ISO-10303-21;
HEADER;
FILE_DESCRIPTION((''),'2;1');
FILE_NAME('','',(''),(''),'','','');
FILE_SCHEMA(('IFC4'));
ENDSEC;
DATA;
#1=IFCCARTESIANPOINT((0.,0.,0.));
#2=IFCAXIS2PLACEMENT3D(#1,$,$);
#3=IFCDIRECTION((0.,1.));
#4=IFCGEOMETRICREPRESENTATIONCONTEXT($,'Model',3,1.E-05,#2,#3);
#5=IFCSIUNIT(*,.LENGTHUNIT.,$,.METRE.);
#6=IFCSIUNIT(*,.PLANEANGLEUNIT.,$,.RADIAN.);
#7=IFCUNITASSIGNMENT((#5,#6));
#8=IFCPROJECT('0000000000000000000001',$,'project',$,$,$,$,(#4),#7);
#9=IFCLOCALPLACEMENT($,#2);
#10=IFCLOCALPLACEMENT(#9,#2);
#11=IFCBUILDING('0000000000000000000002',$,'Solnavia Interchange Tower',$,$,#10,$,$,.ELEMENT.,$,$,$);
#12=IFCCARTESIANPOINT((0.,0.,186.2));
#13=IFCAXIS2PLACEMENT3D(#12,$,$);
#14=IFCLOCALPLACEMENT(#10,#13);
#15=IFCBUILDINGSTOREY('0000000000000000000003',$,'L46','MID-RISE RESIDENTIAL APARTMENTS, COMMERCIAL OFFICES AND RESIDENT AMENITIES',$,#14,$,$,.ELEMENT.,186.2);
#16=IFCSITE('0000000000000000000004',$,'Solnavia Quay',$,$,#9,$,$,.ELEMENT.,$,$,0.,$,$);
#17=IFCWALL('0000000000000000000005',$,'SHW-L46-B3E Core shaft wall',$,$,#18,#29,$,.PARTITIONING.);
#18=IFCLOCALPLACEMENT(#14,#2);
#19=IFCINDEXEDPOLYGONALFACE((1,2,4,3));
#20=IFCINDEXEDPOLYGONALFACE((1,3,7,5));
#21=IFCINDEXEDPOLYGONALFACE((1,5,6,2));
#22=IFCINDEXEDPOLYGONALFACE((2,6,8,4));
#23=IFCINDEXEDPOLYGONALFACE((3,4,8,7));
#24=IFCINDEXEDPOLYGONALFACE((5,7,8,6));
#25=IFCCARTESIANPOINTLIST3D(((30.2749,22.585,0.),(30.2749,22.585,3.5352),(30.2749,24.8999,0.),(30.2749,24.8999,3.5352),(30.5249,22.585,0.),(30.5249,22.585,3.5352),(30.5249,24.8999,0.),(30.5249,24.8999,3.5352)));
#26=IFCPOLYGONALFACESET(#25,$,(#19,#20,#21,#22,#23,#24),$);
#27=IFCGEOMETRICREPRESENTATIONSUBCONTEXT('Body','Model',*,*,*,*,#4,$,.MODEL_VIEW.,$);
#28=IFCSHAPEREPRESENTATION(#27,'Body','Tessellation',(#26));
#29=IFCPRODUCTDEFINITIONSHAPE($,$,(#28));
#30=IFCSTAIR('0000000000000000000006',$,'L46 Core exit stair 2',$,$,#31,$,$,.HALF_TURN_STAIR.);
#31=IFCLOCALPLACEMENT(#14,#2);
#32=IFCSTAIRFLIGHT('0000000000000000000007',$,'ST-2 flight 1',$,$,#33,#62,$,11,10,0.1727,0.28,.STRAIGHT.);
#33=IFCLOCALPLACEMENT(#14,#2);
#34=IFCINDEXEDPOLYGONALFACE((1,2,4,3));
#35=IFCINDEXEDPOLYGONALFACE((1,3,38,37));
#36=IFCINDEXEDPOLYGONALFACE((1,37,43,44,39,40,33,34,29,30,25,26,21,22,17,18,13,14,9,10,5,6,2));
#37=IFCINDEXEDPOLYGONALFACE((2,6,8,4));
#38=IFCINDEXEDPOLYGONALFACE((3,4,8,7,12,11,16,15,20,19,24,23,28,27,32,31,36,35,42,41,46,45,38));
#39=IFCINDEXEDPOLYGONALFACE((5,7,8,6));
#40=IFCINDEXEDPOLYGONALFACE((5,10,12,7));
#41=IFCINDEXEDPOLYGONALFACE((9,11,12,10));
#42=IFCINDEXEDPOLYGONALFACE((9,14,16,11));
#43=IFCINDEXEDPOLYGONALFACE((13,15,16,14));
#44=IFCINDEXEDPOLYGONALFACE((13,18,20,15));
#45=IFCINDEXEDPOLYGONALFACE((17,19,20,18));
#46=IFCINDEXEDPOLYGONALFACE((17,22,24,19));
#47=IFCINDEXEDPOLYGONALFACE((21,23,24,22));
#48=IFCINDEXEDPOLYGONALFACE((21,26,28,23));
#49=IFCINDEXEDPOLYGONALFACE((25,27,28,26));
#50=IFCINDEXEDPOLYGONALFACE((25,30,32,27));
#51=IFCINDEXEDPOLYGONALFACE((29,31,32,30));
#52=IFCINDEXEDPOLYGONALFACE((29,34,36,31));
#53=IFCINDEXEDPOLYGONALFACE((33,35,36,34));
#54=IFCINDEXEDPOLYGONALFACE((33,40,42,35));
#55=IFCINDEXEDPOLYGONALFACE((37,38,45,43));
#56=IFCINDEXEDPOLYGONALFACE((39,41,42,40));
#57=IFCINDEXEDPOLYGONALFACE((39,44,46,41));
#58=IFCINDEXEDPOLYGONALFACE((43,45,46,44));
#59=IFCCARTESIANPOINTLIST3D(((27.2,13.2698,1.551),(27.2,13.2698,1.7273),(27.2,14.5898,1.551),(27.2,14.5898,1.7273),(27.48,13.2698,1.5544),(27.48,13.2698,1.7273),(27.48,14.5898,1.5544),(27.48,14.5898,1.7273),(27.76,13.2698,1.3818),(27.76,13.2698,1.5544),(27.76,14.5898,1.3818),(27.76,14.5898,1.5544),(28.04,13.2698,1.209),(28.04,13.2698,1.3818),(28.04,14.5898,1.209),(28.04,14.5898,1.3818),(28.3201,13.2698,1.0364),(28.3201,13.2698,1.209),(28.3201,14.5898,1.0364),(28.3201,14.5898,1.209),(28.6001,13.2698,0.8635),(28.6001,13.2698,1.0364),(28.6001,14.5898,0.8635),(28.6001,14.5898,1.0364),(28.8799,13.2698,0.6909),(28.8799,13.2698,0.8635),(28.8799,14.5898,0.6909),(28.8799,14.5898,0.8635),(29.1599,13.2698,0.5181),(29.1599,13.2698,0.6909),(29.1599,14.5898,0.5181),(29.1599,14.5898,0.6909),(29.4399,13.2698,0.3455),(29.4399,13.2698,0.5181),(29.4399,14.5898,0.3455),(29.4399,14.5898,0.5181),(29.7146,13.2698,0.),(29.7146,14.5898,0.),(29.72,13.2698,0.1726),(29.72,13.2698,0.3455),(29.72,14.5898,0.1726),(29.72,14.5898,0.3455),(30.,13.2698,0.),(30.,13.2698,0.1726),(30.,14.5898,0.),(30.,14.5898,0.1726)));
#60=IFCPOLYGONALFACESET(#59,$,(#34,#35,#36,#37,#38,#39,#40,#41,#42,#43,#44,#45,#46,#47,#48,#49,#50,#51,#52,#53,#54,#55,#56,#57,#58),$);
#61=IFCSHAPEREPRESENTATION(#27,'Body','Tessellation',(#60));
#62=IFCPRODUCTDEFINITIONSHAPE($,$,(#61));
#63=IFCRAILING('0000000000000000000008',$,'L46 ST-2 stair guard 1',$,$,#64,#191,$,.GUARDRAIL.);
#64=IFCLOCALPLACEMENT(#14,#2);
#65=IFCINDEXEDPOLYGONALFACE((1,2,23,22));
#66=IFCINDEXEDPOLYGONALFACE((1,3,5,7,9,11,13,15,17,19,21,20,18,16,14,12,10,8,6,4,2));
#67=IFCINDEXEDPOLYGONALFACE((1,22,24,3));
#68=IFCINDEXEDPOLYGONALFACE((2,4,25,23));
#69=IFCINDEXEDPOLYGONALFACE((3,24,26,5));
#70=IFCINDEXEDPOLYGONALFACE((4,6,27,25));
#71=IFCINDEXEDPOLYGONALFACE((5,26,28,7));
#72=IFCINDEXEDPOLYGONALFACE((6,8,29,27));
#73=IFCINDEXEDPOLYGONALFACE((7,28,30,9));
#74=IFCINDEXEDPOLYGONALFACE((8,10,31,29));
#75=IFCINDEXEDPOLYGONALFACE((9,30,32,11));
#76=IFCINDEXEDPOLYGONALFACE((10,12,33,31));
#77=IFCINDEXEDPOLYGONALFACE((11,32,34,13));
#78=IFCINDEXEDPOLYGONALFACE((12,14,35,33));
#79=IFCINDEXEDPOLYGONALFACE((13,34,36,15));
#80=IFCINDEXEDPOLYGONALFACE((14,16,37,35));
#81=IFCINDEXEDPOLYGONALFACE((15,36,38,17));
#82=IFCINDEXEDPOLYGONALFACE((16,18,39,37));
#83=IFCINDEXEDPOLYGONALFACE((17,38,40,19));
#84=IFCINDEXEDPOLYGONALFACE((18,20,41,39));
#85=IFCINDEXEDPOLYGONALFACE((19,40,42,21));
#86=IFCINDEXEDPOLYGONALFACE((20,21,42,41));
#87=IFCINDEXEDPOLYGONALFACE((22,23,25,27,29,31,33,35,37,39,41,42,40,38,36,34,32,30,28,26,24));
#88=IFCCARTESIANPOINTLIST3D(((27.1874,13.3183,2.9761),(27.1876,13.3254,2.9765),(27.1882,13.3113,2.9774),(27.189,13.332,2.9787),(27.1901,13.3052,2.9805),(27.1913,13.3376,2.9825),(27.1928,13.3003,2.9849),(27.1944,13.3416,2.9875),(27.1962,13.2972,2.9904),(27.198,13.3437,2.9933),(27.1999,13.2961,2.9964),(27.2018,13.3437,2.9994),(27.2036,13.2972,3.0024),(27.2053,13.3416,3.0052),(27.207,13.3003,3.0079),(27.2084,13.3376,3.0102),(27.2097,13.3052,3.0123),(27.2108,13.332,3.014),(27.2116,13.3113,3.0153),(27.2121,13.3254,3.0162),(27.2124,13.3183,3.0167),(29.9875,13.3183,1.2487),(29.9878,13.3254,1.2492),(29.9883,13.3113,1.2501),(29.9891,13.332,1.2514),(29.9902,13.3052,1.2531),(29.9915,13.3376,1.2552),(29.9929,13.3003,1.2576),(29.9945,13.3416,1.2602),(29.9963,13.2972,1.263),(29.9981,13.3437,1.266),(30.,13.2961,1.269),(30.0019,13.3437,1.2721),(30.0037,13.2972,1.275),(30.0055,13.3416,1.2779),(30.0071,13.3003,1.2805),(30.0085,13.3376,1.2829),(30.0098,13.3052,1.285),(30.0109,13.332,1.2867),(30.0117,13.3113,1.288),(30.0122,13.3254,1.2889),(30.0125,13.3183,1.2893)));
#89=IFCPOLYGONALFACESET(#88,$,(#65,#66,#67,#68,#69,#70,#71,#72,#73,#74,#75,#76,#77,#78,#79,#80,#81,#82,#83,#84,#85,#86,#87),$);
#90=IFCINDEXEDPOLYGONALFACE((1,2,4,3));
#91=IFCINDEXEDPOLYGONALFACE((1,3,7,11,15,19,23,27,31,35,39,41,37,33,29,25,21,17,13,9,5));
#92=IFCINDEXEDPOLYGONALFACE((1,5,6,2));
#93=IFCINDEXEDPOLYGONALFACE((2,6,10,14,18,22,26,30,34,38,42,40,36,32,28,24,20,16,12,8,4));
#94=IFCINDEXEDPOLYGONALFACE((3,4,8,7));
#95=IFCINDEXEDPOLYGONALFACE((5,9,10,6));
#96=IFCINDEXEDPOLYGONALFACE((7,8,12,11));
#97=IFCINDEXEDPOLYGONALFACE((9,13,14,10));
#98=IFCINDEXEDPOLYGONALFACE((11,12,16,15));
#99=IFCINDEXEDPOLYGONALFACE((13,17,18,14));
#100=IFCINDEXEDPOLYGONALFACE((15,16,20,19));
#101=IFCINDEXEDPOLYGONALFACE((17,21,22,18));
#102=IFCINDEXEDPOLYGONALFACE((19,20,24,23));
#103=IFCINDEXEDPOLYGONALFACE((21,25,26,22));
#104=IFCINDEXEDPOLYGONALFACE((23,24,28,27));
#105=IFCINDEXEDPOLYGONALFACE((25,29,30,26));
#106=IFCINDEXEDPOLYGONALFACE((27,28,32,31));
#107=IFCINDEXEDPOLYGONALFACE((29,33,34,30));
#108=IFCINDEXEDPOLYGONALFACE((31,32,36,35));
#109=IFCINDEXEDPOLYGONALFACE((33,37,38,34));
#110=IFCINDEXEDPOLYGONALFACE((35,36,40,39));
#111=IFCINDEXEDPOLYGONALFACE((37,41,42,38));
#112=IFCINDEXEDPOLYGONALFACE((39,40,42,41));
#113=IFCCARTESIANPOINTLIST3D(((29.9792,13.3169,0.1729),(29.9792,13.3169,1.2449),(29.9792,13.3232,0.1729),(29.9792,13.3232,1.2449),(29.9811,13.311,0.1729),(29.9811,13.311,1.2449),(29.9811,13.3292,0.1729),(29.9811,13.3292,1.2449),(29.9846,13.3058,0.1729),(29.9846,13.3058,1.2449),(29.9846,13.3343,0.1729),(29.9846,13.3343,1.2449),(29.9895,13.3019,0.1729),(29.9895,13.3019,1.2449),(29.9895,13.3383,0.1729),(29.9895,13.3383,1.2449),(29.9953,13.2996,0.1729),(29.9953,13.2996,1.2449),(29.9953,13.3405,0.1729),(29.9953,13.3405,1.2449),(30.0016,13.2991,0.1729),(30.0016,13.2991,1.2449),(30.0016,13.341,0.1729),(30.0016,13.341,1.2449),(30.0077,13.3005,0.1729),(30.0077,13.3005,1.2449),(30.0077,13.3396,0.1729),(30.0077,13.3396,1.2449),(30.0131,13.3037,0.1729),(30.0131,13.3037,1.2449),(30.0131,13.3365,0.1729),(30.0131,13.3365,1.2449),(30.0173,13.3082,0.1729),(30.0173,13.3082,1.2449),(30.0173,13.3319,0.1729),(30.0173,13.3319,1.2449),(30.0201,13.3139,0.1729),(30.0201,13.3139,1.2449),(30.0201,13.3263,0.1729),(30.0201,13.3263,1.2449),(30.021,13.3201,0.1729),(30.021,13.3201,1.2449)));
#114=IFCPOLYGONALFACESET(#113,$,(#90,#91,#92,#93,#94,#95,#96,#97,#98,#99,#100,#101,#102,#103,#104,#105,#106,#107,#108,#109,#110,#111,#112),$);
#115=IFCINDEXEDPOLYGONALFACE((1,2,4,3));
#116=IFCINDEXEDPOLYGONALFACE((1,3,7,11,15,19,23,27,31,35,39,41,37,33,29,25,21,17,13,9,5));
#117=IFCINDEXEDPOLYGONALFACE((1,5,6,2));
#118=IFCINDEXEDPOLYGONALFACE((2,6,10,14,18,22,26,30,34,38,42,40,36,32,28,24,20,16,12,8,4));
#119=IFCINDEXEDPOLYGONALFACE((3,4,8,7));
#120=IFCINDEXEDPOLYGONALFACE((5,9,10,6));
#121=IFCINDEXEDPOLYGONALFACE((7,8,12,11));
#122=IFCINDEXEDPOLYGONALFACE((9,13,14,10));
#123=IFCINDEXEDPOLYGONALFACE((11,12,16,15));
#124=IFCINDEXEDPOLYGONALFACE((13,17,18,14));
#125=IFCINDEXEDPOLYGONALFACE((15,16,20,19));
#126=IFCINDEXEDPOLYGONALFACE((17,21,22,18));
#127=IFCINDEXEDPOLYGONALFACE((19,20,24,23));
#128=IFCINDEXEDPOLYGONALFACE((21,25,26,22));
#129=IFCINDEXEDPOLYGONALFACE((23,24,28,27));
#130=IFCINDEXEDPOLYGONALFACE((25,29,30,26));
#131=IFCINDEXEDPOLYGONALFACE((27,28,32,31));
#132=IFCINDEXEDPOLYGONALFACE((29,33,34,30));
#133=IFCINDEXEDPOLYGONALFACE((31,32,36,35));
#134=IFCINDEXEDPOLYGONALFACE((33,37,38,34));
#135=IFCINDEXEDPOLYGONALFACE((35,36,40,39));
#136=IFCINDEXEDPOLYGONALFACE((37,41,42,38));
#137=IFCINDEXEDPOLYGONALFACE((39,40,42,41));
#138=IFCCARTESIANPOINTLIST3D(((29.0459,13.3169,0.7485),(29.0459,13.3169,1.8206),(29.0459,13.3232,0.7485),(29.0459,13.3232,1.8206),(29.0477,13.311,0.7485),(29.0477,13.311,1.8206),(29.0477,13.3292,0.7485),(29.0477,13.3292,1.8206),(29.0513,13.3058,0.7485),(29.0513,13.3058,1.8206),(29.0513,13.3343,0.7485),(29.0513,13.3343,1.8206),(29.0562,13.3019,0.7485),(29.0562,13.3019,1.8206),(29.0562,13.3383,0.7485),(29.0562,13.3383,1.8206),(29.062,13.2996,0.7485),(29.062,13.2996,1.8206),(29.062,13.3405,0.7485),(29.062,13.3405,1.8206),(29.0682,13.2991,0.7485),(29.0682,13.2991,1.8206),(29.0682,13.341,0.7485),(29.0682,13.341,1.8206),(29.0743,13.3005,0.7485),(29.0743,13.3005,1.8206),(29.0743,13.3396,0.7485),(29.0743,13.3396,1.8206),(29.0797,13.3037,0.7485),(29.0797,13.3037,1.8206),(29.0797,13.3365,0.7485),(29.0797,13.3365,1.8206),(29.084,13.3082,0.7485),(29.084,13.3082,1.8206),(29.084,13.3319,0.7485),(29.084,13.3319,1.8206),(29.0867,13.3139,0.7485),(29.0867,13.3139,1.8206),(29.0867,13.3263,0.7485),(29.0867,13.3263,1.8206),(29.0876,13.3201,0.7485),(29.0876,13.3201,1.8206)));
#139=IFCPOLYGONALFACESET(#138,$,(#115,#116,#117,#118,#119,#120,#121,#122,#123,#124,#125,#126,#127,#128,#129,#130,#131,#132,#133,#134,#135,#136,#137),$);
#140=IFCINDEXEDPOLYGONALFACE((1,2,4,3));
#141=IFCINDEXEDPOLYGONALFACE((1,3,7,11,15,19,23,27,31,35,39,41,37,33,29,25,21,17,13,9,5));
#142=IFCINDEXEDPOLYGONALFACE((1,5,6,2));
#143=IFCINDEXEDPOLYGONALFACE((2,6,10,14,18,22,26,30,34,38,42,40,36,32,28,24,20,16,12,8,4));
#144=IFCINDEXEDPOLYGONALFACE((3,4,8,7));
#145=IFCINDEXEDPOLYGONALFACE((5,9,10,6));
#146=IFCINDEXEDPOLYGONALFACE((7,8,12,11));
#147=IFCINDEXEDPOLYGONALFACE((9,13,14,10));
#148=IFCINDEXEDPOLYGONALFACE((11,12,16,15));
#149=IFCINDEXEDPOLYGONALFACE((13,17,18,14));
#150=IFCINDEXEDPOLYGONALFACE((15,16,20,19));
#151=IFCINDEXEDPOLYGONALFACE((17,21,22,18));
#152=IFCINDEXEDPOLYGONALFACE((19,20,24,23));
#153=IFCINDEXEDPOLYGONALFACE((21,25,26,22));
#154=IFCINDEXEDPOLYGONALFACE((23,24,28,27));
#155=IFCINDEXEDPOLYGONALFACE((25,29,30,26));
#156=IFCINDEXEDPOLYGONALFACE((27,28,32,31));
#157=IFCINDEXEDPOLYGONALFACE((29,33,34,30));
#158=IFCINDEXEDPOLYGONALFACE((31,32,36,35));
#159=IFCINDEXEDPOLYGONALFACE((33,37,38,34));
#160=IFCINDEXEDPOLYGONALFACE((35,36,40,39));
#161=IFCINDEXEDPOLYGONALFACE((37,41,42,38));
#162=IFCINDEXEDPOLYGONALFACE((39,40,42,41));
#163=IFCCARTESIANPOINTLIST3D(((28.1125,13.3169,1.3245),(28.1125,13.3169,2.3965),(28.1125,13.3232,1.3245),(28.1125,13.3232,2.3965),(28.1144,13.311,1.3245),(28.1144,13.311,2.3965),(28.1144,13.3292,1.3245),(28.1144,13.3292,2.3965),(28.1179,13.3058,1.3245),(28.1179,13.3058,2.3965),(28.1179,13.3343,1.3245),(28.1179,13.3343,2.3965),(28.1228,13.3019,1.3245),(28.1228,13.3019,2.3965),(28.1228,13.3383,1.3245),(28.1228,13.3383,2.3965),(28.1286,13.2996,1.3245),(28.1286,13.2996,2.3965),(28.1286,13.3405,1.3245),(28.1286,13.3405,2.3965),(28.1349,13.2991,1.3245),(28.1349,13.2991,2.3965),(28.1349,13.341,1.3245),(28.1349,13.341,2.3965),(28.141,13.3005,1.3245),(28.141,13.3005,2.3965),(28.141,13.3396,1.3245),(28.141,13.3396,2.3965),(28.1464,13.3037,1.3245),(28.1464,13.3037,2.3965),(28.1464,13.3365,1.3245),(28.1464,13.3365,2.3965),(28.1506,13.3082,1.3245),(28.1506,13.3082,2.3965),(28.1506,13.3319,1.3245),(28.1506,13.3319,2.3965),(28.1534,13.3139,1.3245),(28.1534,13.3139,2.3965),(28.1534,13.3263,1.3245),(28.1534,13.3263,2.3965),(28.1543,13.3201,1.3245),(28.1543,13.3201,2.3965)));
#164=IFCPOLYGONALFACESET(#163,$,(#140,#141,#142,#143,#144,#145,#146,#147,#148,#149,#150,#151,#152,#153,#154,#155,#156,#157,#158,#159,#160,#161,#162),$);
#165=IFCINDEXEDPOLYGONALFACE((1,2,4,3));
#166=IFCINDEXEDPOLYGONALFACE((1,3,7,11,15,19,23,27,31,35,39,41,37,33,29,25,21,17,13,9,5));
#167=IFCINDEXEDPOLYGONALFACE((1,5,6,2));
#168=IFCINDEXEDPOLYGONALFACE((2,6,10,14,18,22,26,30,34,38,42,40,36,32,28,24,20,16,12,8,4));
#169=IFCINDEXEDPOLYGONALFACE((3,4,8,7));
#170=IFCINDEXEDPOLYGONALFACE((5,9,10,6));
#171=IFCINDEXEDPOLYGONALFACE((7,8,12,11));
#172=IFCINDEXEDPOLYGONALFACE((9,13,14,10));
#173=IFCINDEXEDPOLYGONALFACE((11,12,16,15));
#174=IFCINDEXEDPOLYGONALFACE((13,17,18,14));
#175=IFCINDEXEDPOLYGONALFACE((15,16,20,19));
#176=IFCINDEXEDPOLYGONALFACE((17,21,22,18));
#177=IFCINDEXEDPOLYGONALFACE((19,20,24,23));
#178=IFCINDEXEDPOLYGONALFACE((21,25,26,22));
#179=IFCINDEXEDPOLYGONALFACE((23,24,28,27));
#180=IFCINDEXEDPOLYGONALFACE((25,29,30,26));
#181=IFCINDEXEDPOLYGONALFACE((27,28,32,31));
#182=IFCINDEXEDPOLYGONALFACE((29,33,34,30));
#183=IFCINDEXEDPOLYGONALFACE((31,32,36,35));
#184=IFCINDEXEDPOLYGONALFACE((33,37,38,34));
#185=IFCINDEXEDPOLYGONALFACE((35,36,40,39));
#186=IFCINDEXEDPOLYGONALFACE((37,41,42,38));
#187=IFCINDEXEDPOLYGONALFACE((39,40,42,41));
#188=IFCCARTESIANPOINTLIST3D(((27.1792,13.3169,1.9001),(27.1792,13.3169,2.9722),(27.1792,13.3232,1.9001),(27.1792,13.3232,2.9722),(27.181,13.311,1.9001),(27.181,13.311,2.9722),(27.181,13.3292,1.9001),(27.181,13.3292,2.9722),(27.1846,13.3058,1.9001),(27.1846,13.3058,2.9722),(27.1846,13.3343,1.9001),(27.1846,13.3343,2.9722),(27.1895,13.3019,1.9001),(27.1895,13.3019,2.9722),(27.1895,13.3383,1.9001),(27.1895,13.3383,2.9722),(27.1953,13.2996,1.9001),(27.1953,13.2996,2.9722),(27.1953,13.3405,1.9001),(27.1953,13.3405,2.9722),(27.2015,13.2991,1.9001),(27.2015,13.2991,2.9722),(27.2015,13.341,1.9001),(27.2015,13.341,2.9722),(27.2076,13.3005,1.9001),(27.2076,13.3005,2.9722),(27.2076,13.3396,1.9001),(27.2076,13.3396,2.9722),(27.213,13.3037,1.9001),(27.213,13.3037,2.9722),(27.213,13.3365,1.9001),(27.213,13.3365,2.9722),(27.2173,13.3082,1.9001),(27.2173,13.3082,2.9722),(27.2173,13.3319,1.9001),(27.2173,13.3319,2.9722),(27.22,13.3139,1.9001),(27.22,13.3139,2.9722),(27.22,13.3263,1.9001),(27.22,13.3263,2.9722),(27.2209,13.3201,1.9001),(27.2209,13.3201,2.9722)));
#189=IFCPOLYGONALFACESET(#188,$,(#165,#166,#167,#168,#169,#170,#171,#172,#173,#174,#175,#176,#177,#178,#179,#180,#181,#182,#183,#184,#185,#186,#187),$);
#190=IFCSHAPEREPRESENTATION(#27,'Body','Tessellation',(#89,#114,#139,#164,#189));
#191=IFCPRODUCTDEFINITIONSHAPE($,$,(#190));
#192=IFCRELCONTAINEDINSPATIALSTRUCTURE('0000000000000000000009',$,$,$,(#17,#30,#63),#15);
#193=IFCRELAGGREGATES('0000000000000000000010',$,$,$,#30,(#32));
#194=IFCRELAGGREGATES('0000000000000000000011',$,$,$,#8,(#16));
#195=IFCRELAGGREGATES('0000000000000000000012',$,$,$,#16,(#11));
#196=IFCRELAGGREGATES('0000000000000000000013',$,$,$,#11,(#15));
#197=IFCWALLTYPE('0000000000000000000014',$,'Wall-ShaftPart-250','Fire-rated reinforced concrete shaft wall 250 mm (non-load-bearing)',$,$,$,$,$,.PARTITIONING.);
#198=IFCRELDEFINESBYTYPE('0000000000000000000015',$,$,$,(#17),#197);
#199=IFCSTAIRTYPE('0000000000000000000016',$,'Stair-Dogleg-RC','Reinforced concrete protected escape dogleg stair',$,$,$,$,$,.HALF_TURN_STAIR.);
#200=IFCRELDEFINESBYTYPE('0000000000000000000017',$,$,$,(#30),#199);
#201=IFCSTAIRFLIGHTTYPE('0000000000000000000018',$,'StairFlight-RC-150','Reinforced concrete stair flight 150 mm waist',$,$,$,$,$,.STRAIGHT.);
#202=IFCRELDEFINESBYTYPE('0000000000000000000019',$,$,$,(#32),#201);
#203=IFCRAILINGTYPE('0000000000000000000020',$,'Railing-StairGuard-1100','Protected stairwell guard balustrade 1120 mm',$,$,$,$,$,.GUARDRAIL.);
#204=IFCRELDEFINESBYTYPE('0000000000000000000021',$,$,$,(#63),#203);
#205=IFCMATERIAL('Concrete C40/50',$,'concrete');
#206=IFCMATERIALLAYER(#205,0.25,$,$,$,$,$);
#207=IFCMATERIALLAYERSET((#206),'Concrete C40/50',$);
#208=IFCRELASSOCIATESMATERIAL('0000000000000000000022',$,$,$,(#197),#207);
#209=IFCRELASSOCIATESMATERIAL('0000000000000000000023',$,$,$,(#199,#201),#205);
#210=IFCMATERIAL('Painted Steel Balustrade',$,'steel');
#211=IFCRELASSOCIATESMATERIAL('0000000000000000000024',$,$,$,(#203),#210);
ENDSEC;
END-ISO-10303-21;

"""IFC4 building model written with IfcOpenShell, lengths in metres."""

from ifc_helpers import new_model, si_unit, direction, frame, frame_2d, origin, origin_2d, place, context, subcontext, project, spatial, polyline, rectangle, circle, outline, extrude, material, layer, layer_set, type_object, element, aggregate, save


model = new_model("IFC4")

# Units and contexts
model_context = context("Model", 3, precision=1e-05, world=origin(), true_north=direction((0.0, 1.0)))
body_context = subcontext(model_context, "Body", "Model", "MODEL_VIEW")
ifc_project = project(units=[si_unit("LENGTHUNIT", "METRE"), si_unit("PLANEANGLEUNIT", "RADIAN")], contexts=[model_context])

# Site, building, storey
site_placement = place(None, origin())
site = spatial("IfcSite", under=ifc_project, at=site_placement, Name="Solnavia Quay", CompositionType="ELEMENT", RefElevation=0.0)
building_placement = place(site_placement, origin())
building = spatial("IfcBuilding", under=site, at=building_placement, Name="Solnavia Interchange Tower", CompositionType="ELEMENT")
storey_placement = place(building_placement, frame((0.0, 0.0, 186.2)))
storey = spatial("IfcBuildingStorey", under=building, at=storey_placement, Name="L46", Description="MID-RISE RESIDENTIAL APARTMENTS, COMMERCIAL OFFICES AND RESIDENT AMENITIES", CompositionType="ELEMENT", Elevation=186.2)

# Shared definitions
ifc_material_1 = material(Name="Concrete C40/50", Category="concrete")
ifc_layer_1 = layer(ifc_material_1, 0.25)
ifc_layer_set_1 = layer_set([ifc_layer_1], Name="Concrete C40/50")
wall_type_1 = type_object("IfcWallType", Name="Wall-ShaftPart-250", Description="Fire-rated reinforced concrete shaft wall 250 mm (non-load-bearing)", PredefinedType="PARTITIONING", material=ifc_layer_set_1)

# Wall
wall_1_placement = place(storey_placement, frame((30.3999, 22.585, 0.0), z_axis=(0.0, 0.0, 1.0), x_axis=(0.0, 1.0, 0.0)))
element("IfcWall", 1, at=wall_1_placement, inside=storey, type_object=wall_type_1, Name="SHW-L46-B3E Core shaft wall", PredefinedType="PARTITIONING", context=body_context, shape_type="SweptSolid", body=[
    extrude(rectangle(XDim=2.3149, YDim=0.25, at=frame_2d((1.1575, 0.0))), origin(), (0.0, 0.0, 1.0), 3.5352),
])

# Stair, stair flight
stair_type = type_object("IfcStairType", Name="Stair-Dogleg-RC", Description="Reinforced concrete protected escape dogleg stair", PredefinedType="HALF_TURN_STAIR", material=ifc_material_1)
stair_placement = place(storey_placement, origin())
stair = element("IfcStair", 2, at=stair_placement, inside=storey, type_object=stair_type, Name="L46 Core exit stair 2", PredefinedType="HALF_TURN_STAIR")
stair_flight_type = type_object("IfcStairFlightType", Name="StairFlight-RC-150", Description="Reinforced concrete stair flight 150 mm waist", PredefinedType="STRAIGHT", material=ifc_material_1)
stair_flight_placement = place(storey_placement, frame((30.0, 13.9299, 0.0), z_axis=(0.0, 0.0, 1.0), x_axis=(-1.0, 0.0, 0.0)))
stair_flight = element("IfcStairFlight", 3, at=stair_flight_placement, type_object=stair_flight_type, Name="ST-2 flight 1", NumberOfRisers=11, NumberOfTreads=10, PredefinedType="STRAIGHT", RiserHeight=0.1727, TreadLength=0.28, context=body_context, shape_type="SweptSolid", body=[
    extrude(outline(polyline([(0.0, 0.0), (0.0, 0.1726), (0.28, 0.1726), (0.28, 0.3455), (0.5601, 0.3455), (0.5601, 0.5181), (0.8401, 0.5181), (0.8401, 0.6909), (1.1201, 0.6909), (1.1201, 0.8635), (1.3999, 0.8635), (1.3999, 1.0364), (1.6799, 1.0364), (1.6799, 1.209), (1.96, 1.209), (1.96, 1.3818), (2.24, 1.3818), (2.24, 1.5544), (2.52, 1.5544), (2.52, 1.7273), (2.8, 1.7273), (2.8, 1.8999), (2.8, 1.551), (0.2854, 0.0), (0.0, 0.0)])), frame((0.0, 0.6602, 0.0), z_axis=(0.0, -1.0, 0.0), x_axis=(1.0, 0.0, 0.0)), (0.0, 0.0, 1.0), 1.3201),
])
aggregate(stair, [stair_flight])

# Railing
ifc_material_2 = material(Name="Painted Steel Balustrade", Category="steel")
railing_type_1 = type_object("IfcRailingType", Name="Railing-StairGuard-1100", Description="Protected stairwell guard balustrade 1120 mm", PredefinedType="GUARDRAIL", material=ifc_material_2)
railing_1_placement = place(storey_placement, frame((30.0, 13.3201, 0.1729)))
element("IfcRailing", 4, at=railing_1_placement, inside=storey, type_object=railing_type_1, Name="L46 ST-2 stair guard 1", PredefinedType="GUARDRAIL", context=body_context, shape_type="SweptSolid", body=[
    extrude(circle(Radius=0.0239, at=origin_2d()), frame((0.0, 0.0, 1.0962), z_axis=(-0.85109, 0.0, 0.52502), x_axis=(0.0, -1.0, 0.0)), (0.0, 0.0, 1.0), 3.29),
    extrude(circle(Radius=0.021, at=origin_2d()), origin(), (0.0, 0.0, 1.0), 1.072),
    extrude(circle(Radius=0.021, at=origin_2d()), frame((-0.9333, 0.0, 0.5757)), (0.0, 0.0, 1.0), 1.072),
    extrude(circle(Radius=0.021, at=origin_2d()), frame((-1.8667, 0.0, 1.1516)), (0.0, 0.0, 1.0), 1.072),
    extrude(circle(Radius=0.021, at=origin_2d()), frame((-2.8, 0.0, 1.7273)), (0.0, 0.0, 1.0), 1.072),
])

save(model, "model.ifc")
